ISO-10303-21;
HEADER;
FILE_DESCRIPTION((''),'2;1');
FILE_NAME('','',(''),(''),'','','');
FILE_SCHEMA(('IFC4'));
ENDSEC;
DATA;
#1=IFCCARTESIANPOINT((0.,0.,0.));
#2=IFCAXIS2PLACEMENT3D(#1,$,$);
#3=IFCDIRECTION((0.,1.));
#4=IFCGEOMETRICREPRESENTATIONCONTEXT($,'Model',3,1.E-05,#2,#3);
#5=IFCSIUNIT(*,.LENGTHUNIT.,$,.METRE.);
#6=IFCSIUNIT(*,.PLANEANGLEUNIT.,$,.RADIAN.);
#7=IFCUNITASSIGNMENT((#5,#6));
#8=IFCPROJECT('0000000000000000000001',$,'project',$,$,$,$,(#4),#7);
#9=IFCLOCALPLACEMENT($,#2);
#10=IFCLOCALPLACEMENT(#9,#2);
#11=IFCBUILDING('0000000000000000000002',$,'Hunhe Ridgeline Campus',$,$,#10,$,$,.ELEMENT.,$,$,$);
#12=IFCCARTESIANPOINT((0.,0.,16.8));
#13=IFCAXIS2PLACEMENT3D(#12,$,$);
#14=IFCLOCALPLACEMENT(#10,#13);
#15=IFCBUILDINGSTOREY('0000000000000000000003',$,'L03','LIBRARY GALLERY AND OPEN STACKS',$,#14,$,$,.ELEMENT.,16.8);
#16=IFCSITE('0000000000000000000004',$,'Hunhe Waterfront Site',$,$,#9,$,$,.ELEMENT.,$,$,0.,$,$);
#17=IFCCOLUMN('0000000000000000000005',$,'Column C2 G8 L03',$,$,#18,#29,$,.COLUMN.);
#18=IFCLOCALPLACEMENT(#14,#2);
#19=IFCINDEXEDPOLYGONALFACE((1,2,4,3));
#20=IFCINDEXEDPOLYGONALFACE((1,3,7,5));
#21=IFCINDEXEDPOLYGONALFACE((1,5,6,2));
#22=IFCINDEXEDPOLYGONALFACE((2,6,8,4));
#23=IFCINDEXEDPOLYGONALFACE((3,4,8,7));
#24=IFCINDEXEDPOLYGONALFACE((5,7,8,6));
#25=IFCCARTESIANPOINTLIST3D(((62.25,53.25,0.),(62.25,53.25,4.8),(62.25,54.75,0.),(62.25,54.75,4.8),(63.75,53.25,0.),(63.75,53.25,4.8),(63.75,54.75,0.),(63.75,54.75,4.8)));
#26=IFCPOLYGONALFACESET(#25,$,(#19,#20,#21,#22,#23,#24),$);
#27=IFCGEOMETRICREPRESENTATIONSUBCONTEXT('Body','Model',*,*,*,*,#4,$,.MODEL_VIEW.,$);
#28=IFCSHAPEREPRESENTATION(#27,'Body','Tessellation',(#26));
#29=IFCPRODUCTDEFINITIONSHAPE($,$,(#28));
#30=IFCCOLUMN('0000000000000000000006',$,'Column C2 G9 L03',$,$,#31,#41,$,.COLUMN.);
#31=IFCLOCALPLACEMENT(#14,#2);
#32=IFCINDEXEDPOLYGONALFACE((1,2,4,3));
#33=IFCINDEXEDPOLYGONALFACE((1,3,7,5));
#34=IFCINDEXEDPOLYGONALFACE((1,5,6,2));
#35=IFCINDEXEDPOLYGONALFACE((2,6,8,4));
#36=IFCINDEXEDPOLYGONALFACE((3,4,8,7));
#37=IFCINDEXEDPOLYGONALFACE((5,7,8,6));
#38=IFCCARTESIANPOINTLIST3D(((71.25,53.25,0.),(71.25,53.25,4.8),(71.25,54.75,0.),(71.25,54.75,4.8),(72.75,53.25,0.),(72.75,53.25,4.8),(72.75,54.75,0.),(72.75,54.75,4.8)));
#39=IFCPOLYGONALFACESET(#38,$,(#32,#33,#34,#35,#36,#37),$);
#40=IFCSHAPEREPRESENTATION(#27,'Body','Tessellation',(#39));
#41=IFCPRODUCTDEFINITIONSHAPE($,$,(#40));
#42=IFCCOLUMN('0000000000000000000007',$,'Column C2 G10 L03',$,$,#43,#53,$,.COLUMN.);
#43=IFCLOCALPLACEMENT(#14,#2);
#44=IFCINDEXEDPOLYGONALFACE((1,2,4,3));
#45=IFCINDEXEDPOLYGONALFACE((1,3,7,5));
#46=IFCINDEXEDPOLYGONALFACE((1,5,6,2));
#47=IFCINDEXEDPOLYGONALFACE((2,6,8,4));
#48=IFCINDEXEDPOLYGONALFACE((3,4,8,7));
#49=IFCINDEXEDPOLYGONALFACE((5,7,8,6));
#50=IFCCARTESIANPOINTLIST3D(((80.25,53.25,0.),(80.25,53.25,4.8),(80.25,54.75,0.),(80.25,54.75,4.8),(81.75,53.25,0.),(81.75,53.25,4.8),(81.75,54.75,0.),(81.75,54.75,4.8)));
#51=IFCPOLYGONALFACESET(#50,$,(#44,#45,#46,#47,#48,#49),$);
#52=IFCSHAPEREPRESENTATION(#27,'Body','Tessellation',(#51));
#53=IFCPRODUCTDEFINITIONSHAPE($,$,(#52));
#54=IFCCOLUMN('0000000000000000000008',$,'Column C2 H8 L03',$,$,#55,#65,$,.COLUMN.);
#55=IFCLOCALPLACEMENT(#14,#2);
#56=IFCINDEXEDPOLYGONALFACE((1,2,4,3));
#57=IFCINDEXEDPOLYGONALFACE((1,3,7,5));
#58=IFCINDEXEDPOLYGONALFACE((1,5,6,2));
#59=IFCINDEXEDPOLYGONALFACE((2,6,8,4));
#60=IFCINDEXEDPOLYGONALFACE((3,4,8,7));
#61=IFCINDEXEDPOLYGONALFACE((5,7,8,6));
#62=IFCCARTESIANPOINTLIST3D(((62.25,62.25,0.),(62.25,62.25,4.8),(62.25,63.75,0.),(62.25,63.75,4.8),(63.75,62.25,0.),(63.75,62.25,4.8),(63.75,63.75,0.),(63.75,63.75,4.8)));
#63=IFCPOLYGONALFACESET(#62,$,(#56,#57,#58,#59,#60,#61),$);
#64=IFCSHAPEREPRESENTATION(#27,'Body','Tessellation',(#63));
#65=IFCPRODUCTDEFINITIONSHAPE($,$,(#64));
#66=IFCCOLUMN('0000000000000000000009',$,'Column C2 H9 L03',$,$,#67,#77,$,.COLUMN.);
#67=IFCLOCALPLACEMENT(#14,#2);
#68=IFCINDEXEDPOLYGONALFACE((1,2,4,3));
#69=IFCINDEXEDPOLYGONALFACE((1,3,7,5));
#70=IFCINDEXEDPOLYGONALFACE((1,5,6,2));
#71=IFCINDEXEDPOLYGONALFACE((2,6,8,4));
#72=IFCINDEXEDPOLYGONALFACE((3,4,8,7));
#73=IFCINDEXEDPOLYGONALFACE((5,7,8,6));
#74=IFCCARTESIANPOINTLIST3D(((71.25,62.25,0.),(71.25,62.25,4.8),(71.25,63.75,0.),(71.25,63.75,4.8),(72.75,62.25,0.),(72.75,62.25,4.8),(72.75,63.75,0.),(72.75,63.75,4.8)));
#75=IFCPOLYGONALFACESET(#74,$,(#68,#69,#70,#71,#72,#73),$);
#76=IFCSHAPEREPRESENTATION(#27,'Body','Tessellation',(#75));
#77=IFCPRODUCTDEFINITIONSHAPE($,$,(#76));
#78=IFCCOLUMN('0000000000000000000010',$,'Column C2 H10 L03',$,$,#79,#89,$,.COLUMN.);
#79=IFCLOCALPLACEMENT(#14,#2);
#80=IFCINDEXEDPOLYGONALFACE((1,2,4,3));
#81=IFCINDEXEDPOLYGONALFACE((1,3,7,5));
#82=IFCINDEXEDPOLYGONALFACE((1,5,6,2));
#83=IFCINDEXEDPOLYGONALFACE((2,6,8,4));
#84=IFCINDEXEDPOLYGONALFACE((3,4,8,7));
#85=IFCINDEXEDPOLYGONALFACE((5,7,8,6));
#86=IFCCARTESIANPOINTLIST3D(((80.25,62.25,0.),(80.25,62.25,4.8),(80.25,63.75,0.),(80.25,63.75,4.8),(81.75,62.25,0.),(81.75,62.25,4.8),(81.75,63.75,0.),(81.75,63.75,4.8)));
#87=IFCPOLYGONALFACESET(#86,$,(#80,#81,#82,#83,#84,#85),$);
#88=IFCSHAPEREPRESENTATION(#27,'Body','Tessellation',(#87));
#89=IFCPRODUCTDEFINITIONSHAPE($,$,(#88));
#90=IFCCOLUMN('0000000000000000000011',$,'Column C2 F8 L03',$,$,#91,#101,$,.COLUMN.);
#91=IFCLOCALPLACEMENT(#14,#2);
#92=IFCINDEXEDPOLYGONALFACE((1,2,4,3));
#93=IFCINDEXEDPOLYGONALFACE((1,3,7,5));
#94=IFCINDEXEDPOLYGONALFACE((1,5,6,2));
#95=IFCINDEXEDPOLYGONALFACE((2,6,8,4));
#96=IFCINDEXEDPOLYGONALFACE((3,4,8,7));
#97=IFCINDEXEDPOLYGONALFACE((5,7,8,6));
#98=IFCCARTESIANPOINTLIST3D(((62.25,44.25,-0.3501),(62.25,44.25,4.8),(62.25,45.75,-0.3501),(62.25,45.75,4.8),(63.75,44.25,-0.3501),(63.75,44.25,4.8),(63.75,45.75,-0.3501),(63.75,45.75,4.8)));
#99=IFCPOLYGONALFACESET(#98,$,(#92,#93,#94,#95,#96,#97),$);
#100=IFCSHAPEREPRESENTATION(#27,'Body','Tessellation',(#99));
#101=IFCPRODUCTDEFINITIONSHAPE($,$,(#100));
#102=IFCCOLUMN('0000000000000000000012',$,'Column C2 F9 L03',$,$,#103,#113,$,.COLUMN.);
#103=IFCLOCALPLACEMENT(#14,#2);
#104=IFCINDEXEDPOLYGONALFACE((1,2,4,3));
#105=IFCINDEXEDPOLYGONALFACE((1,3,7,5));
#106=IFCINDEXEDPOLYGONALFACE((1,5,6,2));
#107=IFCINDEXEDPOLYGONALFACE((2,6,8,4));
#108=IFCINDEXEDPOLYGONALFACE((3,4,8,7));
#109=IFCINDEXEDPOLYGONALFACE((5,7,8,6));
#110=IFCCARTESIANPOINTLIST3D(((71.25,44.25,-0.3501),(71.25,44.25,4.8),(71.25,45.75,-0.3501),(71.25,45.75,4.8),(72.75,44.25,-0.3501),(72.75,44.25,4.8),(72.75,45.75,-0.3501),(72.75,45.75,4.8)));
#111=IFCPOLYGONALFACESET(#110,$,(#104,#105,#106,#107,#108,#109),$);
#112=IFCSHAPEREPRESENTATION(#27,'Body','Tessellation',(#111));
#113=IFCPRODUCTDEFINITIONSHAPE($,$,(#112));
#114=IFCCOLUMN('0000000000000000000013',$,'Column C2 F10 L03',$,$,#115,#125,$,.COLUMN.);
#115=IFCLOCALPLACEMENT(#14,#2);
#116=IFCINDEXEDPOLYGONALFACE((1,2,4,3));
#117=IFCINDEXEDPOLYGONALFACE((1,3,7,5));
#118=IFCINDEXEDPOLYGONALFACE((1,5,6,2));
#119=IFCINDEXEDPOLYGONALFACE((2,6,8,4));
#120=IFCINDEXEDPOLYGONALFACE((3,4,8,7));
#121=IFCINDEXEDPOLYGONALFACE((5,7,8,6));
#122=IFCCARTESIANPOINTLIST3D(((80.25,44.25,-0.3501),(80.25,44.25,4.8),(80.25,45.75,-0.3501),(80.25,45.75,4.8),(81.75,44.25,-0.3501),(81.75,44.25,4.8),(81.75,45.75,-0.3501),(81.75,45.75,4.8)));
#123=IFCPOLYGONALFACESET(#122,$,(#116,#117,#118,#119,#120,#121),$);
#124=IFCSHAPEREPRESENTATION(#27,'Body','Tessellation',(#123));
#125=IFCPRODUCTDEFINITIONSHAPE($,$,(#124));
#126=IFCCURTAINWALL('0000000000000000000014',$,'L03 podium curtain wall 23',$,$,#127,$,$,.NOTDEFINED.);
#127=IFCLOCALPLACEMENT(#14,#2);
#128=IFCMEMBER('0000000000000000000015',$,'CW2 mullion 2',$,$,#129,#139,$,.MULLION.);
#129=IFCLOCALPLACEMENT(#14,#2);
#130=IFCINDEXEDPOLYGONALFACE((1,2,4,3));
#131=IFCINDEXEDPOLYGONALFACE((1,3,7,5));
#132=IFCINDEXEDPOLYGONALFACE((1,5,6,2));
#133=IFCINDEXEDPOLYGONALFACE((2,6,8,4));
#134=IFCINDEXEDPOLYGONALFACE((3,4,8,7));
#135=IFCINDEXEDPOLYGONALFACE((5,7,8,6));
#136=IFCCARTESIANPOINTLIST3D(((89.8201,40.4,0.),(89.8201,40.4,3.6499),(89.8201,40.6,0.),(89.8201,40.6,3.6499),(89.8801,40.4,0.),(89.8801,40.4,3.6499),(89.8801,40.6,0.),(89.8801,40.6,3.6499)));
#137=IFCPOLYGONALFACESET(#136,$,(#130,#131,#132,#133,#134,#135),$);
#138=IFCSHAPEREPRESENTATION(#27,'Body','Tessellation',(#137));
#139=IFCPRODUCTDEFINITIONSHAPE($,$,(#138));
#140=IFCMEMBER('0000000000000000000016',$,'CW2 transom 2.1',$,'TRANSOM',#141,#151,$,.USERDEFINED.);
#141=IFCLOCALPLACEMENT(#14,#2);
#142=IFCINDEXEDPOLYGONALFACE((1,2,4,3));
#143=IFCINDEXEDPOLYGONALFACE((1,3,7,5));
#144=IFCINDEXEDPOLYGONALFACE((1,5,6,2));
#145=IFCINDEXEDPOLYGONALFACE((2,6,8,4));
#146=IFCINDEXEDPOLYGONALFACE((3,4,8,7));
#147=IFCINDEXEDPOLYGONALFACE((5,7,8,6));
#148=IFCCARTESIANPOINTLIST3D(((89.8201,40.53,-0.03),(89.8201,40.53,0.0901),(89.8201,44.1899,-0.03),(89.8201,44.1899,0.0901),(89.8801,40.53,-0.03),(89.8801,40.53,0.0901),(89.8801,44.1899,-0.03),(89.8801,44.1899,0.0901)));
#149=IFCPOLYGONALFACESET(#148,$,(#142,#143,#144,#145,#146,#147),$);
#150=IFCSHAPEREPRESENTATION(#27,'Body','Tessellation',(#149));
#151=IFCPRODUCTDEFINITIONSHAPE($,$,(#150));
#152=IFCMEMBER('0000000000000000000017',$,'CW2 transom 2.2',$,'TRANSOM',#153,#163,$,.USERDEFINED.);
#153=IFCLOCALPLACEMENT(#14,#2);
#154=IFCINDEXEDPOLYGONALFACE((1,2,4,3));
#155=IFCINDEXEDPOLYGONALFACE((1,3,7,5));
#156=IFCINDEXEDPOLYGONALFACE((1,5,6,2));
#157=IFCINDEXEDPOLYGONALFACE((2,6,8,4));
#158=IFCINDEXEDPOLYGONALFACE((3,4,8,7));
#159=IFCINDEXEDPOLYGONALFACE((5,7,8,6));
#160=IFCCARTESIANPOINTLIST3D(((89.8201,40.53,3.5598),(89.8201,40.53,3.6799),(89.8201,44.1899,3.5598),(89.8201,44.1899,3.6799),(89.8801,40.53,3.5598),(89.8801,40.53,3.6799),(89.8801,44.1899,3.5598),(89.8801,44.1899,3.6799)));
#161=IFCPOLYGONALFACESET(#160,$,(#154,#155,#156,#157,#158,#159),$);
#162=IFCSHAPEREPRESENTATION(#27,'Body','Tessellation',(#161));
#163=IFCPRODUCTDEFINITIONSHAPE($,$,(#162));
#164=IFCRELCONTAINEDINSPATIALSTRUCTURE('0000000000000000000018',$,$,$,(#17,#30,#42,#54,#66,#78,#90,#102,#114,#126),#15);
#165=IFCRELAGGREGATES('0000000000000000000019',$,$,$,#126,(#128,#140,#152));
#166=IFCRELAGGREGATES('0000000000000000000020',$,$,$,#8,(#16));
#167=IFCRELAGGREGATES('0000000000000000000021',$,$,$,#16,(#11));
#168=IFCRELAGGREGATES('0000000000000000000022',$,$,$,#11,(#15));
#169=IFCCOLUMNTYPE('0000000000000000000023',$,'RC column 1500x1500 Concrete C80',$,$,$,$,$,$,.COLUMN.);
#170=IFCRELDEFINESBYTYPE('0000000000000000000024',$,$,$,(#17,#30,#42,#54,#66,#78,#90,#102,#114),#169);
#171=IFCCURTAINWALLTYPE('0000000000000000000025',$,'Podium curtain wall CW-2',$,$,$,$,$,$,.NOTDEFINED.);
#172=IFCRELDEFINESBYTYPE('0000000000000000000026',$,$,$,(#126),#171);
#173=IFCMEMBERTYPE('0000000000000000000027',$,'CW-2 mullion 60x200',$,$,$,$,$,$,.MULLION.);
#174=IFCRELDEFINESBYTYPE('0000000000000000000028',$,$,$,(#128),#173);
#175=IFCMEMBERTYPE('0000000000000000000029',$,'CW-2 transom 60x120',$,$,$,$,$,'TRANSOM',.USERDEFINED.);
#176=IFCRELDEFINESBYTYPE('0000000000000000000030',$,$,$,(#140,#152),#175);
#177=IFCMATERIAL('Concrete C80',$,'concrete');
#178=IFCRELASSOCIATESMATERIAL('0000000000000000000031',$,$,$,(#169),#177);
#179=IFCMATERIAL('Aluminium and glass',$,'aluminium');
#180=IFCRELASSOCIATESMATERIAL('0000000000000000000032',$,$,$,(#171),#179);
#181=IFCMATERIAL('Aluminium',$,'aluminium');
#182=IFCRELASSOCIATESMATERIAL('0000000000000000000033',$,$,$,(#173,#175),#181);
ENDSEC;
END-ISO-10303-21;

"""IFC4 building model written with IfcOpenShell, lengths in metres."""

from ifc_helpers import new_model, si_unit, direction, frame, origin, origin_2d, place, context, subcontext, project, spatial, rectangle, extrude, material, material_profile, profile_set, type_object, element, aggregate, save


model = new_model("IFC4")

# Units and contexts
model_context = context("Model", 3, precision=1e-05, world=origin(), true_north=direction((0.0, 1.0)))
body_context = subcontext(model_context, "Body", "Model", "MODEL_VIEW")
ifc_project = project(units=[si_unit("LENGTHUNIT", "METRE"), si_unit("PLANEANGLEUNIT", "RADIAN")], contexts=[model_context])

# Site, building, storey
site_placement = place(None, origin())
site = spatial("IfcSite", under=ifc_project, at=site_placement, Name="Hunhe Waterfront Site", CompositionType="ELEMENT", RefElevation=0.0)
building_placement = place(site_placement, origin())
building = spatial("IfcBuilding", under=site, at=building_placement, Name="Hunhe Ridgeline Campus", CompositionType="ELEMENT")
storey_placement = place(building_placement, frame((0.0, 0.0, 16.8)))
storey = spatial("IfcBuildingStorey", under=building, at=storey_placement, Name="L03", Description="LIBRARY GALLERY AND OPEN STACKS", CompositionType="ELEMENT", Elevation=16.8)

# Columns
ifc_material_1 = material(Name="Concrete C80", Category="concrete")
ifc_material_profile_1 = material_profile(ifc_material_1, rectangle(XDim=1.5, YDim=1.5, at=origin_2d()))
ifc_profile_set_1 = profile_set([ifc_material_profile_1], Name="Concrete C80")
column_type = type_object("IfcColumnType", Name="RC column 1500x1500 Concrete C80", PredefinedType="COLUMN", material=ifc_profile_set_1)
for number, where, z_axis, x_axis, name in (
    (1, (63.0, 54.0, 0.0), (0.0, 0.0, 1.0), (1.0, 0.0, 0.0), "Column C2 G8 L03"),
    (2, (72.0, 54.0, 0.0), (0.0, 0.0, 1.0), (1.0, 0.0, 0.0), "Column C2 G9 L03"),
    (3, (81.0, 54.0, 0.0), (0.0, 0.0, 1.0), (1.0, 0.0, 0.0), "Column C2 G10 L03"),
    (4, (63.0, 63.0, 0.0), (0.0, 0.0, 1.0), (1.0, 0.0, 0.0), "Column C2 H8 L03"),
    (5, (72.0, 63.0, 0.0), (0.0, 0.0, 1.0), (1.0, 0.0, 0.0), "Column C2 H9 L03"),
    (6, (81.0, 63.0, 0.0), (0.0, 0.0, 1.0), (1.0, 0.0, 0.0), "Column C2 H10 L03"),
):
    element("IfcColumn", number, at=place(storey_placement, frame(where, z_axis=z_axis, x_axis=x_axis)), inside=storey, type_object=column_type, Name=name, PredefinedType="COLUMN", context=body_context, shape_type="SweptSolid", body=[
        extrude(rectangle(XDim=1.5, YDim=1.5, at=origin_2d()), origin(), (0.0, 0.0, 1.0), 4.8),
    ])
for number, where, z_axis, x_axis, name in (
    (7, (63.0, 45.0, -0.3501), (0.0, 0.0, 1.0), (1.0, 0.0, 0.0), "Column C2 F8 L03"),
    (8, (72.0, 45.0, -0.3501), (0.0, 0.0, 1.0), (1.0, 0.0, 0.0), "Column C2 F9 L03"),
    (9, (81.0, 45.0, -0.3501), (0.0, 0.0, 1.0), (1.0, 0.0, 0.0), "Column C2 F10 L03"),
):
    element("IfcColumn", number, at=place(storey_placement, frame(where, z_axis=z_axis, x_axis=x_axis)), inside=storey, type_object=column_type, Name=name, PredefinedType="COLUMN", context=body_context, shape_type="SweptSolid", body=[
        extrude(rectangle(XDim=1.5, YDim=1.5, at=origin_2d()), origin(), (0.0, 0.0, 1.0), 5.1501),
    ])

# Curtain wall, members
ifc_material_2 = material(Name="Aluminium and glass", Category="aluminium")
curtain_wall_type = type_object("IfcCurtainWallType", Name="Podium curtain wall CW-2", PredefinedType="NOTDEFINED", material=ifc_material_2)
curtain_wall_placement = place(storey_placement, origin())
curtain_wall = element("IfcCurtainWall", 10, at=curtain_wall_placement, inside=storey, type_object=curtain_wall_type, Name="L03 podium curtain wall 23", PredefinedType="NOTDEFINED")
ifc_material_3 = material(Name="Aluminium", Category="aluminium")
ifc_material_profile_2 = material_profile(ifc_material_3, rectangle(XDim=0.0601, YDim=0.2, at=origin_2d()))
ifc_profile_set_2 = profile_set([ifc_material_profile_2], Name="Aluminium")
member_type_1 = type_object("IfcMemberType", Name="CW-2 mullion 60x200", PredefinedType="MULLION", material=ifc_profile_set_2)
member_1_placement = place(storey_placement, frame((89.8501, 40.5, 0.0), z_axis=(0.0, 0.0, 1.0), x_axis=(-1.0, 0.0, 0.0)))
member_1 = element("IfcMember", 11, at=member_1_placement, type_object=member_type_1, Name="CW2 mullion 2", PredefinedType="MULLION", context=body_context, shape_type="SweptSolid", body=[
    extrude(rectangle(XDim=0.0601, YDim=0.2, at=origin_2d()), origin(), (0.0, 0.0, 1.0), 3.6499),
])
ifc_material_profile_3 = material_profile(ifc_material_3, rectangle(XDim=0.0601, YDim=0.1201, at=origin_2d()))
ifc_profile_set_3 = profile_set([ifc_material_profile_3], Name="Aluminium")
member_type_2 = type_object("IfcMemberType", Name="CW-2 transom 60x120", ElementType="TRANSOM", PredefinedType="USERDEFINED", material=ifc_profile_set_3)
member_2_placement = place(storey_placement, frame((89.8501, 40.53, 0.03), z_axis=(0.0, 1.0, 0.0), x_axis=(-1.0, 0.0, 0.0)))
member_2 = element("IfcMember", 12, at=member_2_placement, type_object=member_type_2, Name="CW2 transom 2.1", ObjectType="TRANSOM", PredefinedType="USERDEFINED", context=body_context, shape_type="SweptSolid", body=[
    extrude(rectangle(XDim=0.0601, YDim=0.1201, at=origin_2d()), origin(), (0.0, 0.0, 1.0), 3.6599),
])
member_3_placement = place(storey_placement, frame((89.8501, 40.53, 3.6199), z_axis=(0.0, 1.0, 0.0), x_axis=(-1.0, 0.0, 0.0)))
member_3 = element("IfcMember", 13, at=member_3_placement, type_object=member_type_2, Name="CW2 transom 2.2", ObjectType="TRANSOM", PredefinedType="USERDEFINED", context=body_context, shape_type="SweptSolid", body=[
    extrude(rectangle(XDim=0.0601, YDim=0.1201, at=origin_2d()), origin(), (0.0, 0.0, 1.0), 3.6599),
])
aggregate(curtain_wall, [member_1, member_2, member_3])

save(model, "model.ifc")
